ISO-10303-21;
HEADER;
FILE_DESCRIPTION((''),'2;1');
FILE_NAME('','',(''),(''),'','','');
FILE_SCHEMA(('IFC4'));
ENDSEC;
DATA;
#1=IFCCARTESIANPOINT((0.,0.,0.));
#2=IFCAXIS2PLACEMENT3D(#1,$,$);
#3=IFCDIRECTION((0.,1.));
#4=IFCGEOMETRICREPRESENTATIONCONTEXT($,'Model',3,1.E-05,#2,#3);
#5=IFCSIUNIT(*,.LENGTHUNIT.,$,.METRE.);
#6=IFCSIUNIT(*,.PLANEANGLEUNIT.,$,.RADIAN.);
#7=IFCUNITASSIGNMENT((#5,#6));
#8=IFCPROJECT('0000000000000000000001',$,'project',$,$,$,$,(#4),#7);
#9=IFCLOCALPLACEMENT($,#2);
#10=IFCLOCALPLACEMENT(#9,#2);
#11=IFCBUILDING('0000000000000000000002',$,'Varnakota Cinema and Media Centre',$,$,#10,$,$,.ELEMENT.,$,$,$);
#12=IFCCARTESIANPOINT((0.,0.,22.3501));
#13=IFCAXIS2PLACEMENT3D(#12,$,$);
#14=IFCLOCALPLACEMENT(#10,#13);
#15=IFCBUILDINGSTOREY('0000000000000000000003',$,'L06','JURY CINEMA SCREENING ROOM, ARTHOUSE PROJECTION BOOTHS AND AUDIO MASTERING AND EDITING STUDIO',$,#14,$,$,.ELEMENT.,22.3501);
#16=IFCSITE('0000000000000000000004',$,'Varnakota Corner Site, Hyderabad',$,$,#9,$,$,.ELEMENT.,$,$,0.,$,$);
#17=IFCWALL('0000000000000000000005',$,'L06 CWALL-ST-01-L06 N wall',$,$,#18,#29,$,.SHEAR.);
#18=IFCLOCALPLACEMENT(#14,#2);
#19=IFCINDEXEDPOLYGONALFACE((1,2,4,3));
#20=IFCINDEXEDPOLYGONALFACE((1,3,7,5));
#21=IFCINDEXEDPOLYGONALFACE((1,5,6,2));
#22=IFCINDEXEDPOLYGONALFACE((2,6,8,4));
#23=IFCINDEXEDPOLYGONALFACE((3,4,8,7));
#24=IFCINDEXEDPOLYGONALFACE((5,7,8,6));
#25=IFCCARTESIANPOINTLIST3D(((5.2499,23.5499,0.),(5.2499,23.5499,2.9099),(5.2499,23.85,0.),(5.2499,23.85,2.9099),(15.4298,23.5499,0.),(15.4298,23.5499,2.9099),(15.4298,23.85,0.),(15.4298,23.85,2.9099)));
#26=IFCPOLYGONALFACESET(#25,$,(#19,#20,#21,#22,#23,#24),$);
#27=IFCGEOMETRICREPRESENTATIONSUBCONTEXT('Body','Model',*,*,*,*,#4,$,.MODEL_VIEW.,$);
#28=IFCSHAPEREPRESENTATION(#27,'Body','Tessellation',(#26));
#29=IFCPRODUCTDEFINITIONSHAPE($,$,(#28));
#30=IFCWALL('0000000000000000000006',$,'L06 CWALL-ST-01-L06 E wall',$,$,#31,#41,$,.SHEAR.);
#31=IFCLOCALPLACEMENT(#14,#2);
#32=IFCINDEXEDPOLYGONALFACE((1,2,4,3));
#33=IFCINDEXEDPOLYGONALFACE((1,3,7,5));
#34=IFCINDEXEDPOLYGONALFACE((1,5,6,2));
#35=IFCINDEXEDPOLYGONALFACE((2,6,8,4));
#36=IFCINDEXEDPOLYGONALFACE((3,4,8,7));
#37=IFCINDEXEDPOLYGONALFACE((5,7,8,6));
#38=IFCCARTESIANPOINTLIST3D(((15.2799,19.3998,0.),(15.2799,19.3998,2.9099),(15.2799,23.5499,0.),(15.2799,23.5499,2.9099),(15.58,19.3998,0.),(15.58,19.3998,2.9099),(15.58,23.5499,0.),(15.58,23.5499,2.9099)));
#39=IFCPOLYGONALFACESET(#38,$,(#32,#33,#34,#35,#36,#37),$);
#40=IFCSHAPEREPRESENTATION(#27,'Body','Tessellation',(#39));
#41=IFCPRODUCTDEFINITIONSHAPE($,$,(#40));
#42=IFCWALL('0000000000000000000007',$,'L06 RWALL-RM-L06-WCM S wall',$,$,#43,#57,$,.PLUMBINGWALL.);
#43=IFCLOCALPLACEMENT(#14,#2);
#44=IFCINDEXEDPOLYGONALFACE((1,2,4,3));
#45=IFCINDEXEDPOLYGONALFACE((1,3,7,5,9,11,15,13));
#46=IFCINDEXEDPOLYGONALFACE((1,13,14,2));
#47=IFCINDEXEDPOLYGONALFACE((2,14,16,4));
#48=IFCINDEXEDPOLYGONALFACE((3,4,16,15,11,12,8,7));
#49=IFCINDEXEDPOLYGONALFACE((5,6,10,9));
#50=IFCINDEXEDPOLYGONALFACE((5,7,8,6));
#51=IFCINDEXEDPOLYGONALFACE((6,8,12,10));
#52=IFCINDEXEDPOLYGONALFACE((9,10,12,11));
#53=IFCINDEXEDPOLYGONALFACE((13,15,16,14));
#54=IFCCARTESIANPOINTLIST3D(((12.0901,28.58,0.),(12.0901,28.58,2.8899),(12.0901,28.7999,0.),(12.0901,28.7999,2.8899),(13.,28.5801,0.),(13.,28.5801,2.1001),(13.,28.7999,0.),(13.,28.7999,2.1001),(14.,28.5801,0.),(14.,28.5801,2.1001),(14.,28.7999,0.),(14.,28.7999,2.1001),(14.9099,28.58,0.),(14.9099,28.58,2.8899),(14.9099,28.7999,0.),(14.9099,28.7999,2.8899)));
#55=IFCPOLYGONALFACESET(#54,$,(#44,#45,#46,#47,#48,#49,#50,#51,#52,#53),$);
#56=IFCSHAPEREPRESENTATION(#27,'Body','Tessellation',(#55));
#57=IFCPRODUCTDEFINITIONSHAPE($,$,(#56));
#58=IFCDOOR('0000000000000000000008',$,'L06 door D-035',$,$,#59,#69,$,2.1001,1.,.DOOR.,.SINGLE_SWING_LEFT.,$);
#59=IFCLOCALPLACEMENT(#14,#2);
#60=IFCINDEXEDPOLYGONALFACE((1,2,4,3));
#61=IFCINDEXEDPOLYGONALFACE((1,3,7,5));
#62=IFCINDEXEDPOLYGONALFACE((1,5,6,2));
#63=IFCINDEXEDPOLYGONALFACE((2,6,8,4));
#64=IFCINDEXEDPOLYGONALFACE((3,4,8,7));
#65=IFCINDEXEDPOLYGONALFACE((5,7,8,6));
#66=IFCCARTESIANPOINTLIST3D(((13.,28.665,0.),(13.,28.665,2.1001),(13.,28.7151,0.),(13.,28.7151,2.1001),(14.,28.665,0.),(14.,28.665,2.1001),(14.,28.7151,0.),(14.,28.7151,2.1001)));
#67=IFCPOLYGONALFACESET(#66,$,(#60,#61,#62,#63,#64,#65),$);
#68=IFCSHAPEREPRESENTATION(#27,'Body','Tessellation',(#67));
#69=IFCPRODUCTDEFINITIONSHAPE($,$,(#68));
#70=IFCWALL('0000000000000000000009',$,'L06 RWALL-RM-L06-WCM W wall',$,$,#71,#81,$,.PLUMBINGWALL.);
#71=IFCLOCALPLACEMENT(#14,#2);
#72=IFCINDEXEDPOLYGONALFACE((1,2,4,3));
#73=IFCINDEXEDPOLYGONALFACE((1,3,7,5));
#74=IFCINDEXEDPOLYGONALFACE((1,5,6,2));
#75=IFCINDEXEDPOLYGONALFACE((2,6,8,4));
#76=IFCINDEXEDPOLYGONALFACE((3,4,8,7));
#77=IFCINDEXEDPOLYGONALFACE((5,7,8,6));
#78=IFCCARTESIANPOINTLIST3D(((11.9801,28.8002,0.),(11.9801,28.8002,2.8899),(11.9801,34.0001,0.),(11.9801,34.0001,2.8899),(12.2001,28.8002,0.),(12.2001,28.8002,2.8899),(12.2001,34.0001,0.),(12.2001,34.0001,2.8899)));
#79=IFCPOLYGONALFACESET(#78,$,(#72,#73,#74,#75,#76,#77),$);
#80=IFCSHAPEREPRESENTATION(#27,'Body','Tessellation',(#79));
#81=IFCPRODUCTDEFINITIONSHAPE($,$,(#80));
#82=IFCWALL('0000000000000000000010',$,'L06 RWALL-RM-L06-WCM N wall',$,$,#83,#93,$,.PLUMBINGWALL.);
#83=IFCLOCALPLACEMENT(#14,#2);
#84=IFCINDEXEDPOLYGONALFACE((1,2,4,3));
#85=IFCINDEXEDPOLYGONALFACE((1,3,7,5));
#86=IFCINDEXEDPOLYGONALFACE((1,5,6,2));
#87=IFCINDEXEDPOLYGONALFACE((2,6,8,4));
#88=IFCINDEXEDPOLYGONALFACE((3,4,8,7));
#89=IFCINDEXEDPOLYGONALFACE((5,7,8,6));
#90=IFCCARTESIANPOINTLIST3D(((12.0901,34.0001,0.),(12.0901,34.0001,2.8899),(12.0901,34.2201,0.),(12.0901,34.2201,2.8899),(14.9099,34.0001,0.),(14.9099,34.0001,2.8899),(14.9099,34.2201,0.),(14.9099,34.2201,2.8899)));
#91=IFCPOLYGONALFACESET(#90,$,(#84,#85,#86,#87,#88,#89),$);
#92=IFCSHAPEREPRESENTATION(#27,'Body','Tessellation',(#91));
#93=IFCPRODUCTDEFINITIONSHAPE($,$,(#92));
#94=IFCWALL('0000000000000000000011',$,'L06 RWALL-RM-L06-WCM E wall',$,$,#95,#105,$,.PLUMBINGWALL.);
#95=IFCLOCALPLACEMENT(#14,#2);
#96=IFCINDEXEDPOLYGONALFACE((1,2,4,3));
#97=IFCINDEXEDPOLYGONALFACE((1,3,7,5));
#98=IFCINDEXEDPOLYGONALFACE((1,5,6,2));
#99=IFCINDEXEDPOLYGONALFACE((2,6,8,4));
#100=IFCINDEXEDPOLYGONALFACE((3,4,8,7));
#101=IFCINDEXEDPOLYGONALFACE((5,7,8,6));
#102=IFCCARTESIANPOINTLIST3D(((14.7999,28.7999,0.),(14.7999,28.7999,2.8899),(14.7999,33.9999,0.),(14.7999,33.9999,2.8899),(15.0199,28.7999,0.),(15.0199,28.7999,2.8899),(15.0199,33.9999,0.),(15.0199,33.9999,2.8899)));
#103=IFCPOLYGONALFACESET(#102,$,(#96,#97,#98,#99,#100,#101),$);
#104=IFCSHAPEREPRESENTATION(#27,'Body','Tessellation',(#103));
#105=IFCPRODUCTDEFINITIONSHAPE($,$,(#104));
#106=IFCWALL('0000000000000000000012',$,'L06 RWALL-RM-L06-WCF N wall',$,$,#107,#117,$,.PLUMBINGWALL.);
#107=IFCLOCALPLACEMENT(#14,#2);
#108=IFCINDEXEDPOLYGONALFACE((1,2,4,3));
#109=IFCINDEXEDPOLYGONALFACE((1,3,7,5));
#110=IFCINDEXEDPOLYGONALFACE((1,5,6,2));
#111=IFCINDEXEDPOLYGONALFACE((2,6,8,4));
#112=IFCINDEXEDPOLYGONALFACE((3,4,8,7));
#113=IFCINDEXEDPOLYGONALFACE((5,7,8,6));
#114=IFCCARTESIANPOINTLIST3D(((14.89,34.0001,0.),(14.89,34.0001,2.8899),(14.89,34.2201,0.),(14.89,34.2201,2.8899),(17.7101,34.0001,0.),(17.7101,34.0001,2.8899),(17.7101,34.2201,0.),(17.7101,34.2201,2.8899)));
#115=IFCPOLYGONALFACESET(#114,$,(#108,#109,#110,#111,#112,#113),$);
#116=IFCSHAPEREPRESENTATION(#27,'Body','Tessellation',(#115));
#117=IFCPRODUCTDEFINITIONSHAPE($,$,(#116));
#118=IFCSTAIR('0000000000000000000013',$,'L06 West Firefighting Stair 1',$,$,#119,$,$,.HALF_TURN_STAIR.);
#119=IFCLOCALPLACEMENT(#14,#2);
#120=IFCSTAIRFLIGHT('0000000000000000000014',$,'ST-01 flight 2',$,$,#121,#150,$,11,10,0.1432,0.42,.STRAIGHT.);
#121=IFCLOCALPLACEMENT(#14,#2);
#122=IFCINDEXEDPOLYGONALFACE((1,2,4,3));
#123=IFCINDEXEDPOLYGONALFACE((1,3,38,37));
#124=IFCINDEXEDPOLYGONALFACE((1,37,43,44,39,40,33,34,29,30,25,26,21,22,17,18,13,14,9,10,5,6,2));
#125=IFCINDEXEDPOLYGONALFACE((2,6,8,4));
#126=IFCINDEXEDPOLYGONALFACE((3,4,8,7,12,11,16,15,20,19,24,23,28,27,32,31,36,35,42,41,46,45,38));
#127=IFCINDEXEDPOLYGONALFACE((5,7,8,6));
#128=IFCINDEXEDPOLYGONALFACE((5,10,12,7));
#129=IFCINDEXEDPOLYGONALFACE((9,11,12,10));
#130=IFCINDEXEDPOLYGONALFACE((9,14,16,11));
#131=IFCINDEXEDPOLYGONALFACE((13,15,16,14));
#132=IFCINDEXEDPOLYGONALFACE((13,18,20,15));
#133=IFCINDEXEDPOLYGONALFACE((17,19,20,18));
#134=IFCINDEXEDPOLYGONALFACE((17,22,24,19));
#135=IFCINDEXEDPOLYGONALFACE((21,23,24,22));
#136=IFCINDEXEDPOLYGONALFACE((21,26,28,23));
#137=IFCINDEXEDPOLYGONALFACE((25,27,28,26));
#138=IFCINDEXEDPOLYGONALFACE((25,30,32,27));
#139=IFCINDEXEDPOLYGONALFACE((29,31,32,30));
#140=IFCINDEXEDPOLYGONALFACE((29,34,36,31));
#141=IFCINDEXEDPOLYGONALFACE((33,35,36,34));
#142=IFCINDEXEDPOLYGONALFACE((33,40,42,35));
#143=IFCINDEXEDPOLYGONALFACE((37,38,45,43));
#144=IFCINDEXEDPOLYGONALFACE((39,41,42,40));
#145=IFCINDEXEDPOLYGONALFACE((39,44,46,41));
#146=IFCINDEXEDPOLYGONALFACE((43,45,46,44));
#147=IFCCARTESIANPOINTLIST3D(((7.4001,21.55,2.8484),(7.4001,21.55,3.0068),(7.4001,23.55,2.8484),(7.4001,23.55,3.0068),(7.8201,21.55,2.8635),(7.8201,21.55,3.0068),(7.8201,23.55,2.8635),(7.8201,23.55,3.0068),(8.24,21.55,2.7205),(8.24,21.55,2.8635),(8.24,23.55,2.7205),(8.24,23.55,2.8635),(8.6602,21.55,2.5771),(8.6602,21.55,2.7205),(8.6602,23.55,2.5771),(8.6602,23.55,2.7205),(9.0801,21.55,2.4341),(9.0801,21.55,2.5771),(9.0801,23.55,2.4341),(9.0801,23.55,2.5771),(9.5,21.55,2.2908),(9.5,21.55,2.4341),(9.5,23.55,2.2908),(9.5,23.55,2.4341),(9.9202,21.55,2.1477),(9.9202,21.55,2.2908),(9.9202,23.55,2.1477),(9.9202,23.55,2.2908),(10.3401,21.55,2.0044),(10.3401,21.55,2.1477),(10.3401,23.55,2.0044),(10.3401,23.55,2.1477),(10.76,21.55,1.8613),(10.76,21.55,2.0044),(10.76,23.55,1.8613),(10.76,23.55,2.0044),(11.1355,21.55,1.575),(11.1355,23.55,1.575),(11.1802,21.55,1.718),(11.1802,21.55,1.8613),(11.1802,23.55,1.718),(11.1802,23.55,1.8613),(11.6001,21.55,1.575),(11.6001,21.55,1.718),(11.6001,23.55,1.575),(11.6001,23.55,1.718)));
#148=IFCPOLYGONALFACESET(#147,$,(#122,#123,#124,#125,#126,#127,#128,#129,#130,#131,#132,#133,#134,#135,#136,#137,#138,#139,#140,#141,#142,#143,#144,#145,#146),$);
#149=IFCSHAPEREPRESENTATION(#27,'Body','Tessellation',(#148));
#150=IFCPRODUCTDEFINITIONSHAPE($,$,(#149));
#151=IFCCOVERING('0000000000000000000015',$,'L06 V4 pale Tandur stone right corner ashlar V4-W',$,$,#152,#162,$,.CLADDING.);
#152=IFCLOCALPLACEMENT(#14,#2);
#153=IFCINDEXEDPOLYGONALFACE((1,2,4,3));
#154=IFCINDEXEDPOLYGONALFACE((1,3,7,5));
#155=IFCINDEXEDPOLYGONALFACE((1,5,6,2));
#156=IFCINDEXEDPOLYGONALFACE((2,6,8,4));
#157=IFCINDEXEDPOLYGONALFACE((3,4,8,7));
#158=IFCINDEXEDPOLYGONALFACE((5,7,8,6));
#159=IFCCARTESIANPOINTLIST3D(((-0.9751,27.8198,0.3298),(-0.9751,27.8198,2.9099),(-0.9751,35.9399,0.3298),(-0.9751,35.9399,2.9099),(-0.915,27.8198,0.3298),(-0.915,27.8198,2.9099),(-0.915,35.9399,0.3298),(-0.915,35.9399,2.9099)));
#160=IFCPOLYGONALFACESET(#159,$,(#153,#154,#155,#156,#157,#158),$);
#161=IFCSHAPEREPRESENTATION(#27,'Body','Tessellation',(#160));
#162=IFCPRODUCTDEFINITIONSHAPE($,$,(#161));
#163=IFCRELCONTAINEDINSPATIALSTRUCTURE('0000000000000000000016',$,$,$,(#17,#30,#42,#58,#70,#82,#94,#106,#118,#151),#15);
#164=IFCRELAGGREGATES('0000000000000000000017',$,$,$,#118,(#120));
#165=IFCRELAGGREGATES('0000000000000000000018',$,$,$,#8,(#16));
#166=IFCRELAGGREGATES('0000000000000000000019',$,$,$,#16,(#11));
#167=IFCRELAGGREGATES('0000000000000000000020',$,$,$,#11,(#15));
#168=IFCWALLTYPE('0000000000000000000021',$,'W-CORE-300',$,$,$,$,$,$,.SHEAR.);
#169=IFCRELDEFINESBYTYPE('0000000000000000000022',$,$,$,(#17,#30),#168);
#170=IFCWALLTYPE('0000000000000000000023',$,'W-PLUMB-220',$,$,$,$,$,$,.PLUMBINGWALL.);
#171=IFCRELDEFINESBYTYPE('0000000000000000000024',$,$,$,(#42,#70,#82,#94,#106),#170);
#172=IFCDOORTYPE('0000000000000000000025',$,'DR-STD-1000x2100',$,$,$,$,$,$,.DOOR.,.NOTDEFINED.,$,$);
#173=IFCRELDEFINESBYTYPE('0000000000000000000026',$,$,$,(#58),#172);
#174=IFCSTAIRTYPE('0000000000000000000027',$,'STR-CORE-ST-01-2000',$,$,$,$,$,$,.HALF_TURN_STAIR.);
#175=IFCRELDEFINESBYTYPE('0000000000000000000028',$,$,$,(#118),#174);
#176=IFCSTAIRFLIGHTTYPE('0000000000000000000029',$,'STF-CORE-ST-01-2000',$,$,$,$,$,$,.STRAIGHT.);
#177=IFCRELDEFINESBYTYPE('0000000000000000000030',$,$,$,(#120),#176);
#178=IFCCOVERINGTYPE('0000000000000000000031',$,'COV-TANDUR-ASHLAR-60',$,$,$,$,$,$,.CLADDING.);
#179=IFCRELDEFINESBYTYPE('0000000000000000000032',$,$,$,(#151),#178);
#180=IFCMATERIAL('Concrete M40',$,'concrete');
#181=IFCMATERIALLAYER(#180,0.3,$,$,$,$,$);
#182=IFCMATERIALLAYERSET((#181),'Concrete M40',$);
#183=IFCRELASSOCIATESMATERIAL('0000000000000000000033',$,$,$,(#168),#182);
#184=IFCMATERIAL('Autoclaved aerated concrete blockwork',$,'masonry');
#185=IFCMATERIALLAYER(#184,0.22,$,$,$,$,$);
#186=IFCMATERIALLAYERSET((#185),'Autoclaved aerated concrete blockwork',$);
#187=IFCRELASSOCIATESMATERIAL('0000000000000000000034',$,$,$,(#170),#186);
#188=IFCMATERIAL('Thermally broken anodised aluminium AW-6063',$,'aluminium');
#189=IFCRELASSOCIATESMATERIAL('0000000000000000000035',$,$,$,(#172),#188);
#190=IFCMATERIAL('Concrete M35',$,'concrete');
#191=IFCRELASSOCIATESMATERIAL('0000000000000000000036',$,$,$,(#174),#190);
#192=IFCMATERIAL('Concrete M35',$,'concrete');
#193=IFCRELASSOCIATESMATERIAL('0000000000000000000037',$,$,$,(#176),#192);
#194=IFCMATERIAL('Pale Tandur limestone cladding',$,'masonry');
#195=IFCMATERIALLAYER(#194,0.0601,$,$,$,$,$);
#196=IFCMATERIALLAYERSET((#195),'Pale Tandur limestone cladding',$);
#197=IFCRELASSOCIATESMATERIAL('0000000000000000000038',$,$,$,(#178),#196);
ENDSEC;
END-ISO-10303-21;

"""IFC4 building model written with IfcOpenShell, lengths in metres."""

from ifc_helpers import new_model, si_unit, direction, frame, frame_2d, origin, origin_2d, place, context, subcontext, project, spatial, polyline, rectangle, outline, extrude, material, layer, layer_set, type_object, element, fill, aggregate, save


model = new_model("IFC4")

# Units and contexts
model_context = context("Model", 3, precision=1e-05, world=origin(), true_north=direction((0.0, 1.0)))
body_context = subcontext(model_context, "Body", "Model", "MODEL_VIEW")
ifc_project = project(units=[si_unit("LENGTHUNIT", "METRE"), si_unit("PLANEANGLEUNIT", "RADIAN")], contexts=[model_context])

# Site, building, storey
site_placement = place(None, origin())
site = spatial("IfcSite", under=ifc_project, at=site_placement, Name="Varnakota Corner Site, Hyderabad", CompositionType="ELEMENT", RefElevation=0.0)
building_placement = place(site_placement, origin())
building = spatial("IfcBuilding", under=site, at=building_placement, Name="Varnakota Cinema and Media Centre", CompositionType="ELEMENT")
storey_placement = place(building_placement, frame((0.0, 0.0, 22.3501)))
storey = spatial("IfcBuildingStorey", under=building, at=storey_placement, Name="L06", Description="JURY CINEMA SCREENING ROOM, ARTHOUSE PROJECTION BOOTHS AND AUDIO MASTERING AND EDITING STUDIO", CompositionType="ELEMENT", Elevation=22.3501)

# Walls
ifc_material_1 = material(Name="Concrete M40", Category="concrete")
ifc_layer_1 = layer(ifc_material_1, 0.3)
ifc_layer_set_1 = layer_set([ifc_layer_1], Name="Concrete M40")
wall_type_1 = type_object("IfcWallType", Name="W-CORE-300", PredefinedType="SHEAR", material=ifc_layer_set_1)
wall_1_placement = place(storey_placement, frame((5.25, 23.7, 0.0), z_axis=(0.0, 0.0, 1.0), x_axis=(1.0, 0.0, 0.0)))
element("IfcWall", 1, at=wall_1_placement, inside=storey, type_object=wall_type_1, Name="L06 CWALL-ST-01-L06 N wall", PredefinedType="SHEAR", context=body_context, shape_type="SweptSolid", body=[
    extrude(rectangle(XDim=10.1799, YDim=0.3, at=frame_2d((5.0898, 0.0))), origin(), (0.0, 0.0, 1.0), 2.9099),
])
wall_2_placement = place(storey_placement, frame((15.4299, 23.55, 0.0), z_axis=(0.0, 0.0, 1.0), x_axis=(0.0, -1.0, 0.0)))
element("IfcWall", 2, at=wall_2_placement, inside=storey, type_object=wall_type_1, Name="L06 CWALL-ST-01-L06 E wall", PredefinedType="SHEAR", context=body_context, shape_type="SweptSolid", body=[
    extrude(rectangle(XDim=4.1501, YDim=0.3, at=frame_2d((2.0752, 0.0))), origin(), (0.0, 0.0, 1.0), 2.9099),
])

# Wall, opening, door
ifc_material_2 = material(Name="Autoclaved aerated concrete blockwork", Category="masonry")
ifc_layer_2 = layer(ifc_material_2, 0.22)
ifc_layer_set_2 = layer_set([ifc_layer_2], Name="Autoclaved aerated concrete blockwork")
wall_type_2 = type_object("IfcWallType", Name="W-PLUMB-220", PredefinedType="PLUMBINGWALL", material=ifc_layer_set_2)
wall_3_placement = place(storey_placement, frame((14.9099, 28.6899, 0.0), z_axis=(0.0, 0.0, 1.0), x_axis=(-1.0, 0.0, 0.0)))
wall_3 = element("IfcWall", 3, at=wall_3_placement, inside=storey, type_object=wall_type_2, Name="L06 RWALL-RM-L06-WCM S wall", PredefinedType="PLUMBINGWALL", context=body_context, shape_type="SweptSolid", body=[
    extrude(rectangle(XDim=2.8198, YDim=0.22, at=frame_2d((1.4099, 0.0))), origin(), (0.0, 0.0, 1.0), 2.8899),
])
opening_1_placement = place(wall_3_placement, frame((0.9099, 0.0, 0.0)))
opening_1 = element("IfcOpeningElement", 4, at=opening_1_placement, cuts=wall_3, PredefinedType="OPENING", context=body_context, shape_type="SweptSolid", body=[
    extrude(rectangle(XDim=1.0, YDim=2.1001, at=frame_2d((0.5, 1.05))), frame((0.0, 0.1099, 0.0), z_axis=(0.0, -1.0, 0.0), x_axis=(1.0, 0.0, 0.0)), (0.0, 0.0, 1.0), 0.22),
])
ifc_material_3 = material(Name="Thermally broken anodised aluminium AW-6063", Category="aluminium")
door_type_1 = type_object("IfcDoorType", Name="DR-STD-1000x2100", OperationType="NOTDEFINED", PredefinedType="DOOR", material=ifc_material_3)
door_1_placement = place(opening_1_placement, origin())
door_1 = element("IfcDoor", 5, at=door_1_placement, inside=storey, type_object=door_type_1, Name="L06 door D-035", OperationType="SINGLE_SWING_LEFT", OverallHeight=2.1001, OverallWidth=1.0, PredefinedType="DOOR", context=body_context, shape_type="SweptSolid", body=[
    extrude(rectangle(XDim=1.0, YDim=2.1001, at=frame_2d((0.5, 1.05))), frame((0.0, 0.0249, 0.0), z_axis=(0.0, -1.0, 0.0), x_axis=(1.0, 0.0, 0.0)), (0.0, 0.0, 1.0), 0.05),
])
fill(opening_1, door_1)

# Walls
wall_4_placement = place(storey_placement, frame((12.0901, 28.8, 0.0), z_axis=(0.0, 0.0, 1.0), x_axis=(0.0, 1.0, 0.0)))
element("IfcWall", 6, at=wall_4_placement, inside=storey, type_object=wall_type_2, Name="L06 RWALL-RM-L06-WCM W wall", PredefinedType="PLUMBINGWALL", context=body_context, shape_type="SweptSolid", body=[
    extrude(rectangle(XDim=5.2, YDim=0.22, at=frame_2d((2.6001, 0.0))), origin(), (0.0, 0.0, 1.0), 2.8899),
])
wall_5_placement = place(storey_placement, frame((12.0901, 34.1101, 0.0), z_axis=(0.0, 0.0, 1.0), x_axis=(1.0, 0.0, 0.0)))
element("IfcWall", 7, at=wall_5_placement, inside=storey, type_object=wall_type_2, Name="L06 RWALL-RM-L06-WCM N wall", PredefinedType="PLUMBINGWALL", context=body_context, shape_type="SweptSolid", body=[
    extrude(rectangle(XDim=2.8198, YDim=0.22, at=frame_2d((1.4099, 0.0))), origin(), (0.0, 0.0, 1.0), 2.8899),
])
wall_6_placement = place(storey_placement, frame((14.9099, 34.0, 0.0), z_axis=(0.0, 0.0, 1.0), x_axis=(0.0, -1.0, 0.0)))
element("IfcWall", 8, at=wall_6_placement, inside=storey, type_object=wall_type_2, Name="L06 RWALL-RM-L06-WCM E wall", PredefinedType="PLUMBINGWALL", context=body_context, shape_type="SweptSolid", body=[
    extrude(rectangle(XDim=5.2, YDim=0.22, at=frame_2d((2.6001, 0.0))), origin(), (0.0, 0.0, 1.0), 2.8899),
])
wall_7_placement = place(storey_placement, frame((14.8899, 34.1101, 0.0), z_axis=(0.0, 0.0, 1.0), x_axis=(1.0, 0.0, 0.0)))
element("IfcWall", 9, at=wall_7_placement, inside=storey, type_object=wall_type_2, Name="L06 RWALL-RM-L06-WCF N wall", PredefinedType="PLUMBINGWALL", context=body_context, shape_type="SweptSolid", body=[
    extrude(rectangle(XDim=2.8201, YDim=0.22, at=frame_2d((1.4102, 0.0))), origin(), (0.0, 0.0, 1.0), 2.8899),
])

# Stair, stair flight
ifc_material_4 = material(Name="Concrete M35", Category="concrete")
stair_type = type_object("IfcStairType", Name="STR-CORE-ST-01-2000", PredefinedType="HALF_TURN_STAIR", material=ifc_material_4)
stair_placement = place(storey_placement, origin())
stair = element("IfcStair", 10, at=stair_placement, inside=storey, type_object=stair_type, Name="L06 West Firefighting Stair 1", PredefinedType="HALF_TURN_STAIR")
ifc_material_5 = material(Name="Concrete M35", Category="concrete")
stair_flight_type = type_object("IfcStairFlightType", Name="STF-CORE-ST-01-2000", PredefinedType="STRAIGHT", material=ifc_material_5)
stair_flight_placement = place(storey_placement, frame((11.6001, 22.55, 1.575), z_axis=(0.0, 0.0, 1.0), x_axis=(-1.0, 0.0, 0.0)))
stair_flight = element("IfcStairFlight", 11, at=stair_flight_placement, type_object=stair_flight_type, Name="ST-01 flight 2", NumberOfRisers=11, NumberOfTreads=10, PredefinedType="STRAIGHT", RiserHeight=0.1432, TreadLength=0.42, context=body_context, shape_type="SweptSolid", body=[
    extrude(outline(polyline([(0.0, 0.0), (0.0, 0.1431), (0.4199, 0.1431), (0.4199, 0.2864), (0.8401, 0.2864), (0.8401, 0.4294), (1.26, 0.4294), (1.26, 0.5728), (1.6799, 0.5728), (1.6799, 0.7158), (2.1001, 0.7158), (2.1001, 0.8591), (2.52, 0.8591), (2.52, 1.0022), (2.9399, 1.0022), (2.9399, 1.1455), (3.3601, 1.1455), (3.3601, 1.2886), (3.78, 1.2886), (3.78, 1.4319), (4.2, 1.4319), (4.2, 1.575), (4.2, 1.2734), (0.4646, 0.0), (0.0, 0.0)])), frame((0.0, 1.0, 0.0), z_axis=(0.0, -1.0, 0.0), x_axis=(1.0, 0.0, 0.0)), (0.0, 0.0, 1.0), 2.0),
])
aggregate(stair, [stair_flight])

# Covering
ifc_material_6 = material(Name="Pale Tandur limestone cladding", Category="masonry")
ifc_layer_3 = layer(ifc_material_6, 0.0601)
ifc_layer_set_3 = layer_set([ifc_layer_3], Name="Pale Tandur limestone cladding")
covering_type = type_object("IfcCoveringType", Name="COV-TANDUR-ASHLAR-60", PredefinedType="CLADDING", material=ifc_layer_set_3)
covering_placement = place(storey_placement, frame((-0.9451, 31.8799, 0.3298), z_axis=(0.0, 0.0, 1.0), x_axis=(0.0, 1.0, 0.0)))
element("IfcCovering", 12, at=covering_placement, inside=storey, type_object=covering_type, Name="L06 V4 pale Tandur stone right corner ashlar V4-W", PredefinedType="CLADDING", context=body_context, shape_type="SweptSolid", body=[
    extrude(rectangle(XDim=8.1201, YDim=0.0601, at=origin_2d()), origin(), (0.0, 0.0, 1.0), 2.5801),
])

save(model, "model.ifc")
